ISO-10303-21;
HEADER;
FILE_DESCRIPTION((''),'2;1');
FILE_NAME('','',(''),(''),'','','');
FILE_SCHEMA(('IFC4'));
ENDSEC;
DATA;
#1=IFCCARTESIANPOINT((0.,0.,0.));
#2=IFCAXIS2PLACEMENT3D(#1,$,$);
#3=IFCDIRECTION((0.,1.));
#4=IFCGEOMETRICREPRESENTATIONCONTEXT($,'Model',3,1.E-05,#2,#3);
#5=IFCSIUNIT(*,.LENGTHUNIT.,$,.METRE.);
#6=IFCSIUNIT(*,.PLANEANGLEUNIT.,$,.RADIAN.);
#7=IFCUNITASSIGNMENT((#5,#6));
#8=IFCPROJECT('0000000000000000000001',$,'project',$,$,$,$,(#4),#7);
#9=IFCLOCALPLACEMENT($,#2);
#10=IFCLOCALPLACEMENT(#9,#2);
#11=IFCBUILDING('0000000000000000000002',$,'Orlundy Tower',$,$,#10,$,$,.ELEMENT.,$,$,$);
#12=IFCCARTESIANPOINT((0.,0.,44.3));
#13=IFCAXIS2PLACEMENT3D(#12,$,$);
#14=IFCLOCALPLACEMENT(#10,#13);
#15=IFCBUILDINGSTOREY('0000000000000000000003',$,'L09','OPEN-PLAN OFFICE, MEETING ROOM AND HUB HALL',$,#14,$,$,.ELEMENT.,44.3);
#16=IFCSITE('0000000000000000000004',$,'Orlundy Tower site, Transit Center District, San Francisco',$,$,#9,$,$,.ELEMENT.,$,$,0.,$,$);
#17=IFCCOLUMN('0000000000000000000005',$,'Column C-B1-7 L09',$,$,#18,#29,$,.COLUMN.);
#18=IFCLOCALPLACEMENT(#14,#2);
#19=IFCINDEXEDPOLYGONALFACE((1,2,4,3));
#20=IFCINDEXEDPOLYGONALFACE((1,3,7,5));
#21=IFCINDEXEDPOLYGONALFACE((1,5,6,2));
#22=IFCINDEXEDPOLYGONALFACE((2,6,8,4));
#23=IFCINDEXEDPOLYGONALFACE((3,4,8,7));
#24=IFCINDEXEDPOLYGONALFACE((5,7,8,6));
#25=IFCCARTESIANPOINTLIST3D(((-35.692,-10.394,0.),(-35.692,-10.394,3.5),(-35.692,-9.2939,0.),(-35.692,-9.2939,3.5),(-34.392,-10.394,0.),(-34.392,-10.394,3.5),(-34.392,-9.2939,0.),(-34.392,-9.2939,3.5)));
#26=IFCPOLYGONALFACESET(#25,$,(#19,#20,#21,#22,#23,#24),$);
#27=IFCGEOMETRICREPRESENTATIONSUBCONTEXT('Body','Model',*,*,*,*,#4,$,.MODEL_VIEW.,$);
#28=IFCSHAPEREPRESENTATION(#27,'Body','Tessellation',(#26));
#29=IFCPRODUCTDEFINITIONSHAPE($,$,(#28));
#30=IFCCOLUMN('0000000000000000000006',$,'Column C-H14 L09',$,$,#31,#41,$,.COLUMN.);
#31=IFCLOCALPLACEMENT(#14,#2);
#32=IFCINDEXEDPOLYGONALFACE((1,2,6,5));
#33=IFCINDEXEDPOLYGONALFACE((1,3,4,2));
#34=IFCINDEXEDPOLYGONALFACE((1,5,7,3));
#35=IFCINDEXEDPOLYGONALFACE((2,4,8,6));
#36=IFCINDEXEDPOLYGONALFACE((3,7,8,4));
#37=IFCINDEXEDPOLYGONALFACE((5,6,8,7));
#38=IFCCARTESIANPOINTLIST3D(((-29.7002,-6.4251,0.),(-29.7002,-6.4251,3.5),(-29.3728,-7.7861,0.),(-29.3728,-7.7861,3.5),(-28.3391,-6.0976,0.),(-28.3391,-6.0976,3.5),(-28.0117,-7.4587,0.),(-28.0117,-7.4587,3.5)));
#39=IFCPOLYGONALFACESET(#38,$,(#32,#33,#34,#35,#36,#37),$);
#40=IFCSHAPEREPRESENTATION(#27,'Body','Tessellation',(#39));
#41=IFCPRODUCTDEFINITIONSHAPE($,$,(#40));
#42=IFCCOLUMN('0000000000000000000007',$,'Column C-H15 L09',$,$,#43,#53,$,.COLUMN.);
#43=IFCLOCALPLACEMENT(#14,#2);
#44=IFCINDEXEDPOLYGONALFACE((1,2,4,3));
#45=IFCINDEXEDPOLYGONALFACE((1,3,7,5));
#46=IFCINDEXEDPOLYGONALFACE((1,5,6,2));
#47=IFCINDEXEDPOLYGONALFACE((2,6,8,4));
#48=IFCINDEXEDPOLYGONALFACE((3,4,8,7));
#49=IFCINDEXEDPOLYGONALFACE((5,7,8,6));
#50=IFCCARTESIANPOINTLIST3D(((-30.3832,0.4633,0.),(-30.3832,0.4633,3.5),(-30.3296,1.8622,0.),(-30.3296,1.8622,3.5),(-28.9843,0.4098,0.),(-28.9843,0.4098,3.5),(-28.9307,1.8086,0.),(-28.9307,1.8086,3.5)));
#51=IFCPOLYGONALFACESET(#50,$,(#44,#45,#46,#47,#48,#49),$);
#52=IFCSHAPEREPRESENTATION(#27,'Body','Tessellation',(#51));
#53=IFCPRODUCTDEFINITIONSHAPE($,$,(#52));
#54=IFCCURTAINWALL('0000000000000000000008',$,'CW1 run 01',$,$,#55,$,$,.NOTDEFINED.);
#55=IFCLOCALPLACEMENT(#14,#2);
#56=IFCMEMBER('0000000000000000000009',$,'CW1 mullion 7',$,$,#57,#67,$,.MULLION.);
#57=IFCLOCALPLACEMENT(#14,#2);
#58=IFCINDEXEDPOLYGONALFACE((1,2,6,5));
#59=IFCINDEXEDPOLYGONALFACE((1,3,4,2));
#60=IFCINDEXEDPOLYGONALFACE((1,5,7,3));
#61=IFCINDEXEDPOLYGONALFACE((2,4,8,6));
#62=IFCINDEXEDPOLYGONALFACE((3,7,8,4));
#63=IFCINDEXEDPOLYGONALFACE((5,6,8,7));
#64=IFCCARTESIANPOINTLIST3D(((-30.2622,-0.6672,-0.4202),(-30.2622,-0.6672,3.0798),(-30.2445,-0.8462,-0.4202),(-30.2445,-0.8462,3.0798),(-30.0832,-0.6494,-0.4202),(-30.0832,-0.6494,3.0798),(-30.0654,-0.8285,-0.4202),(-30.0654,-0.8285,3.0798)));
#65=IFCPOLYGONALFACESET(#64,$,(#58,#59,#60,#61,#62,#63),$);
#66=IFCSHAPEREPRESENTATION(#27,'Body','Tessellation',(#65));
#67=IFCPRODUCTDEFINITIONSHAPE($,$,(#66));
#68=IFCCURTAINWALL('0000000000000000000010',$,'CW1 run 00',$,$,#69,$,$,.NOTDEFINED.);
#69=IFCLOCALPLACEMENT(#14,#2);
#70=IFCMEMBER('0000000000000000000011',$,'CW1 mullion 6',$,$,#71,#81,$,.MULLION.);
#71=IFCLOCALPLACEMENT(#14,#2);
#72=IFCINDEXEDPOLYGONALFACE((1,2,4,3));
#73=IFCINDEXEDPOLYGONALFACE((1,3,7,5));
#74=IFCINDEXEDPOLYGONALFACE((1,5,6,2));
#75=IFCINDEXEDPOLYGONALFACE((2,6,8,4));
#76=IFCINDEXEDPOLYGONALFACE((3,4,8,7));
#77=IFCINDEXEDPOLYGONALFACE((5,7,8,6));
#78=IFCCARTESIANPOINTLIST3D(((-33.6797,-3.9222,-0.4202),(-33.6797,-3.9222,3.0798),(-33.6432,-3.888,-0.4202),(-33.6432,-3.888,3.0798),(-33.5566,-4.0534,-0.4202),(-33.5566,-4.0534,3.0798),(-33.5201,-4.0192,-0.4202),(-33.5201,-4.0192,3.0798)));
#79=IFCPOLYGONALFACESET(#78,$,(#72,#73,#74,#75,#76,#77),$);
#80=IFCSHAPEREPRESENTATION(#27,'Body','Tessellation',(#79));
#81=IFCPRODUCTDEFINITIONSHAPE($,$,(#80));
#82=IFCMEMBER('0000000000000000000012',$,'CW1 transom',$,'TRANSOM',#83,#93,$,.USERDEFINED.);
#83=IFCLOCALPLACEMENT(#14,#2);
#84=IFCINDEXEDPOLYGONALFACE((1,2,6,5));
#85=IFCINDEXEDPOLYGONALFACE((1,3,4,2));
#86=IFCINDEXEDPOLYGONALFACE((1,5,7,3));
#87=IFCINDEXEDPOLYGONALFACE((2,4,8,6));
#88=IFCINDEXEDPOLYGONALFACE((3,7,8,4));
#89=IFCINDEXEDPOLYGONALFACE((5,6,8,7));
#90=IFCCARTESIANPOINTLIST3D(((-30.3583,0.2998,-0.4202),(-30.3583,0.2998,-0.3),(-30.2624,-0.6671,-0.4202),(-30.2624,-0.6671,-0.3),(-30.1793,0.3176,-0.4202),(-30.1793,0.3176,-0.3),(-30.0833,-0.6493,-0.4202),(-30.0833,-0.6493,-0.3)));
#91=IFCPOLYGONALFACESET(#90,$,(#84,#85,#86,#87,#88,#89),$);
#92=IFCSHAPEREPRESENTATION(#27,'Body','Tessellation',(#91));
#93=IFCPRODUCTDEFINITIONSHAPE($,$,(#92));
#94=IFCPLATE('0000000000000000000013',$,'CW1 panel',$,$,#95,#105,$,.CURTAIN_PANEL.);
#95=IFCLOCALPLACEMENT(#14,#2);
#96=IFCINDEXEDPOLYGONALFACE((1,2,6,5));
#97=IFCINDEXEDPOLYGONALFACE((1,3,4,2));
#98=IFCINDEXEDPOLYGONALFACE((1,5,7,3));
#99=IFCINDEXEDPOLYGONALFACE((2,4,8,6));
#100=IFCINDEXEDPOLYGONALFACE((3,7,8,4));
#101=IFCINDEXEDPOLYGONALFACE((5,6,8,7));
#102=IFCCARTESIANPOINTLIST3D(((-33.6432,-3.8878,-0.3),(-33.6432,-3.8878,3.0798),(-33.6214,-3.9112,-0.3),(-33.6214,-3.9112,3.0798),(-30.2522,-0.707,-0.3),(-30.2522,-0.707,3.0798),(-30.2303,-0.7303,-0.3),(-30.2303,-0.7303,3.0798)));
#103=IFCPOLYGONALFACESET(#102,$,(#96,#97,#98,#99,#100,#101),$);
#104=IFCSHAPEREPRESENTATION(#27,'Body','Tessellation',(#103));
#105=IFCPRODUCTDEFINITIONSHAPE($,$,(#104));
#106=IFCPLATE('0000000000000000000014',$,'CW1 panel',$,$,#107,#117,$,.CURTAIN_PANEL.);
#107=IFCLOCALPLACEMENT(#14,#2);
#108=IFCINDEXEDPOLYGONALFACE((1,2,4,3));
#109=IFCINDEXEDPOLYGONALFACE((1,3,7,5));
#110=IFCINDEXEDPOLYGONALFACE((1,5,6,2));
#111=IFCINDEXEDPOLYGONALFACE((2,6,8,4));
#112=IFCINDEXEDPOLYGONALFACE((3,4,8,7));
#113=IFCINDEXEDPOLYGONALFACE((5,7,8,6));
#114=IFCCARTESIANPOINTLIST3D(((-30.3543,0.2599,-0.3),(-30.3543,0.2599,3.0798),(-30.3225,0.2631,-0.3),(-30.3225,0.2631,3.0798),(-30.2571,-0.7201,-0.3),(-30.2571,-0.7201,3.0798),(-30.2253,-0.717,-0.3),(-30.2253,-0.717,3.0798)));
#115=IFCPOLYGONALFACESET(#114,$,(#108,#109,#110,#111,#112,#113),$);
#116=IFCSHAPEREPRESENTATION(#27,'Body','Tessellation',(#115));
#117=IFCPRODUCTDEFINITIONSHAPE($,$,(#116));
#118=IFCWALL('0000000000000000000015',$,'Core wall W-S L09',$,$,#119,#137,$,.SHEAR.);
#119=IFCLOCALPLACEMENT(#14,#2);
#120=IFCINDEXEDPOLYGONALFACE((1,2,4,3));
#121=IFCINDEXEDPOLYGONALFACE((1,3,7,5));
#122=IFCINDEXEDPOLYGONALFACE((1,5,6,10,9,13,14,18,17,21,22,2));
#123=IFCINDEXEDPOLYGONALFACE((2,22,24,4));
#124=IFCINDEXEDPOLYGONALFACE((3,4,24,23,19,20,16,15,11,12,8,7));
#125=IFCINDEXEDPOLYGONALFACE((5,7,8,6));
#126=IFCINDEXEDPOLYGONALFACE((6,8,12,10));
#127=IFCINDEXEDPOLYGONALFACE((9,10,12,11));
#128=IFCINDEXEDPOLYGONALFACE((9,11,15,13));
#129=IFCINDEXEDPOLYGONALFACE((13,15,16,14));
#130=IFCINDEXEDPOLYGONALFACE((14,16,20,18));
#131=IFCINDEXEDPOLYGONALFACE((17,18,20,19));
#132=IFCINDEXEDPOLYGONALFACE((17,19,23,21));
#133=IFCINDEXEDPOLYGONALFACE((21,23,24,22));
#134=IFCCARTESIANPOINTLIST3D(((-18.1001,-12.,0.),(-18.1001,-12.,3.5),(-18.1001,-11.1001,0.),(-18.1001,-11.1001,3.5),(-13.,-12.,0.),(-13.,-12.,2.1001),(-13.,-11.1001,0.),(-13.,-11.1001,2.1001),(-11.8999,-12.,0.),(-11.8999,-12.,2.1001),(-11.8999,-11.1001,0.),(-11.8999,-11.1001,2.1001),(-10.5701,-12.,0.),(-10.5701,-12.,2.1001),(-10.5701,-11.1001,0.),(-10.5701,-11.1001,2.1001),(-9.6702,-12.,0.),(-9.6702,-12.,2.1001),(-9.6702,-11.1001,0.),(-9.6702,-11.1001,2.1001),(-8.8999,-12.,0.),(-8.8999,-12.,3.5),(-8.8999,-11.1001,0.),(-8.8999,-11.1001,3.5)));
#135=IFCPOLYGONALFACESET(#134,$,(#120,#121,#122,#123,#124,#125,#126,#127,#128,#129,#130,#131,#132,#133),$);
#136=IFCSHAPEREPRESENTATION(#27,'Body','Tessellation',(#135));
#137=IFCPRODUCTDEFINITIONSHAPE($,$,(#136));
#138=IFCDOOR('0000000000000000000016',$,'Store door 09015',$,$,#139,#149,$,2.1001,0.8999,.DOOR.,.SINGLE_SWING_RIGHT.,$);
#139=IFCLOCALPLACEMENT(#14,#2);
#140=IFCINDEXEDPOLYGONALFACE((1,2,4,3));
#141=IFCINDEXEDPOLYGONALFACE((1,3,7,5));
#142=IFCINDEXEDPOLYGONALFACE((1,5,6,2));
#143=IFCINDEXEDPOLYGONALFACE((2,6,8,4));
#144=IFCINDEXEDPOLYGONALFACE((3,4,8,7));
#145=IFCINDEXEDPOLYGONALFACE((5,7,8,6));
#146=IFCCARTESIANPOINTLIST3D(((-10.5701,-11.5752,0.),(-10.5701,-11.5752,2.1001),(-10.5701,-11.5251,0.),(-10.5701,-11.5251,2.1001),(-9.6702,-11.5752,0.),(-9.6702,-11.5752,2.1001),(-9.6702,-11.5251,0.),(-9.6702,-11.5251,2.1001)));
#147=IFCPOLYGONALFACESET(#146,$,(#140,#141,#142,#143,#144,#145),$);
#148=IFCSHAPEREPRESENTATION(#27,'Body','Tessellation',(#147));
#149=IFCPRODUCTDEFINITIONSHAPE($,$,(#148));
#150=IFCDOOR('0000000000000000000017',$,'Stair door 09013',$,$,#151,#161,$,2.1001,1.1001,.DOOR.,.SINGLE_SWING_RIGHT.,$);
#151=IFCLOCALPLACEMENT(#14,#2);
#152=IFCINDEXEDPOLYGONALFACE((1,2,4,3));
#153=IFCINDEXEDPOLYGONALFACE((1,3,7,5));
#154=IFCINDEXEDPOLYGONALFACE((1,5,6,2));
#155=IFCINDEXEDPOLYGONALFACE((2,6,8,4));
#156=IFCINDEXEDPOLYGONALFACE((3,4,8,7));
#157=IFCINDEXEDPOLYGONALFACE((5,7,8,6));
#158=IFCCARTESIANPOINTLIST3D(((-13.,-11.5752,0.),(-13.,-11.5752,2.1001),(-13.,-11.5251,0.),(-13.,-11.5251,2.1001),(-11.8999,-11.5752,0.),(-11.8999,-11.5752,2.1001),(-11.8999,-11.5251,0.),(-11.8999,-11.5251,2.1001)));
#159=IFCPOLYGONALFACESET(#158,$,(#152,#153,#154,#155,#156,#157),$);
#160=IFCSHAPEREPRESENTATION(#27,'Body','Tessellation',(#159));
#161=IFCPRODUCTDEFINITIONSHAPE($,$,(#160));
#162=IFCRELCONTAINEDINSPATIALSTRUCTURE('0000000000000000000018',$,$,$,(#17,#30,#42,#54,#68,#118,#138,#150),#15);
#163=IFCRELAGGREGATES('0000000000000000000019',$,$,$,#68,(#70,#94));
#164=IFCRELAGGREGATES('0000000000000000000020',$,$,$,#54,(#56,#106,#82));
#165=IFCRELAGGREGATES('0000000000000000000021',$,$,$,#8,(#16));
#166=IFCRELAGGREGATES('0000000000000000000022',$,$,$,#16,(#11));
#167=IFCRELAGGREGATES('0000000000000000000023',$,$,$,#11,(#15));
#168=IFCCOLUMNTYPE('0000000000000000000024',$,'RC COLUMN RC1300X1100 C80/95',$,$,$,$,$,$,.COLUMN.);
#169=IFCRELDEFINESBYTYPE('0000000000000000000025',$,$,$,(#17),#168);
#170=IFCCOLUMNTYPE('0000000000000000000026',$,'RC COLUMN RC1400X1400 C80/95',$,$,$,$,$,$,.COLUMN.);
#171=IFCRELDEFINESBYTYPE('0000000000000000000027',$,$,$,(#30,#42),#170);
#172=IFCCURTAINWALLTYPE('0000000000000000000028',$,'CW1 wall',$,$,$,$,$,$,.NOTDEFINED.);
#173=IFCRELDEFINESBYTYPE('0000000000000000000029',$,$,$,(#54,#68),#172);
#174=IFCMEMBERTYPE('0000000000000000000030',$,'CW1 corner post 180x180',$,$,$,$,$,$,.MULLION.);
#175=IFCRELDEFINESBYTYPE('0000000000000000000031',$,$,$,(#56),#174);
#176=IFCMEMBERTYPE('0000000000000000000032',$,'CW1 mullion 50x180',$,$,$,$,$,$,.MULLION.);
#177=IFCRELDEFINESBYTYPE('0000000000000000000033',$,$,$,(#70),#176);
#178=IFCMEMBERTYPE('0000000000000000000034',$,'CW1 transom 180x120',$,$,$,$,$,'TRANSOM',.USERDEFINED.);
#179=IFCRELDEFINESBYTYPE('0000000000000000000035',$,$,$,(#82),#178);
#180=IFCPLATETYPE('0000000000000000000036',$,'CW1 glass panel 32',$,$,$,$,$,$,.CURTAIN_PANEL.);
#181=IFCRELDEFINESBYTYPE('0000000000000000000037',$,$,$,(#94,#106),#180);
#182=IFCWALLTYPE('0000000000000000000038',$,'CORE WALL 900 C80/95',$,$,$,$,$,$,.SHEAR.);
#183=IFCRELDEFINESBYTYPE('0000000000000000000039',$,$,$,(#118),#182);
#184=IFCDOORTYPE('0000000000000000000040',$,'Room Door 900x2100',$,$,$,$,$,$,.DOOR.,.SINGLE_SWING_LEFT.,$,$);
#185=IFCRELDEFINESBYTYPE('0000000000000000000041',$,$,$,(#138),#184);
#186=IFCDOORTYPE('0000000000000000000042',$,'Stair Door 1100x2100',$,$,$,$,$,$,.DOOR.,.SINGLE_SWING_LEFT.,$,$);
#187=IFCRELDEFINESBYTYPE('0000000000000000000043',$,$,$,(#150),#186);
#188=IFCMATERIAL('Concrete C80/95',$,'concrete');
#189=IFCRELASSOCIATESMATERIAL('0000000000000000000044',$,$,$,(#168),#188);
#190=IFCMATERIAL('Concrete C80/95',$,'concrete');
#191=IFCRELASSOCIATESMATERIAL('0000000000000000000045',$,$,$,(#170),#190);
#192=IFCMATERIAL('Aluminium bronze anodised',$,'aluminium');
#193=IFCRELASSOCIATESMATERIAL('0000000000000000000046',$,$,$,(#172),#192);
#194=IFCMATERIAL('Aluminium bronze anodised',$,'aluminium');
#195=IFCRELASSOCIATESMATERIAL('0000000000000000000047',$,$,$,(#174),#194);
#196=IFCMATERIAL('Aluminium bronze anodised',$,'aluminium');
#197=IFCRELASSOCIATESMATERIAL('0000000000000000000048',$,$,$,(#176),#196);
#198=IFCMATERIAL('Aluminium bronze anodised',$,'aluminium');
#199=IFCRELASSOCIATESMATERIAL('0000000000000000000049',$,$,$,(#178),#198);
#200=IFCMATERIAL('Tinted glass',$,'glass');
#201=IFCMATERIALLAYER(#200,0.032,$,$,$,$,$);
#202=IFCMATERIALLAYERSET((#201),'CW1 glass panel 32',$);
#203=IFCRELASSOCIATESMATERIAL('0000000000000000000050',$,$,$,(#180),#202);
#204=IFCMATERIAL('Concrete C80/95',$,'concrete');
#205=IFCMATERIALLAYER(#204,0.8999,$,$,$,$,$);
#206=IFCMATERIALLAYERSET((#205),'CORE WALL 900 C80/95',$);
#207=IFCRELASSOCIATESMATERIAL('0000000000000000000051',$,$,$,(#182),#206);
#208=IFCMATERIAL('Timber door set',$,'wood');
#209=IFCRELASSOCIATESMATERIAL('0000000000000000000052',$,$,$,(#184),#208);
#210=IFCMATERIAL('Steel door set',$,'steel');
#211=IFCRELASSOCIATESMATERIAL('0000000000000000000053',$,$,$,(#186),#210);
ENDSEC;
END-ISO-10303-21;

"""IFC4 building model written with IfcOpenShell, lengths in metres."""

from ifc_helpers import new_model, si_unit, direction, frame, frame_2d, origin, origin_2d, place, context, subcontext, project, spatial, rectangle, extrude, material, layer, layer_set, material_profile, profile_set, type_object, element, fill, aggregate, save


model = new_model("IFC4")

# Units and contexts
model_context = context("Model", 3, precision=1e-05, world=origin(), true_north=direction((0.0, 1.0)))
body_context = subcontext(model_context, "Body", "Model", "MODEL_VIEW")
ifc_project = project(units=[si_unit("LENGTHUNIT", "METRE"), si_unit("PLANEANGLEUNIT", "RADIAN")], contexts=[model_context])

# Site, building, storey
site_placement = place(None, origin())
site = spatial("IfcSite", under=ifc_project, at=site_placement, Name="Orlundy Tower site, Transit Center District, San Francisco", CompositionType="ELEMENT", RefElevation=0.0)
building_placement = place(site_placement, origin())
building = spatial("IfcBuilding", under=site, at=building_placement, Name="Orlundy Tower", CompositionType="ELEMENT")
storey_placement = place(building_placement, frame((0.0, 0.0, 44.3)))
storey = spatial("IfcBuildingStorey", under=building, at=storey_placement, Name="L09", Description="OPEN-PLAN OFFICE, MEETING ROOM AND HUB HALL", CompositionType="ELEMENT", Elevation=44.3)

# Columns
ifc_material_1 = material(Name="Concrete C80/95", Category="concrete")
ifc_material_profile_1 = material_profile(ifc_material_1, rectangle(XDim=1.3, YDim=1.1001, at=origin_2d()), Name="RC1300X1100")
ifc_profile_set_1 = profile_set([ifc_material_profile_1], Name="Concrete C80/95")
column_type_1 = type_object("IfcColumnType", Name="RC COLUMN RC1300X1100 C80/95", PredefinedType="COLUMN", material=ifc_profile_set_1)
column_placement = place(storey_placement, frame((-35.042, -9.844, 0.0), z_axis=(0.0, 0.0, 1.0), x_axis=(1.0, 0.0, 0.0)))
element("IfcColumn", 1, at=column_placement, inside=storey, type_object=column_type_1, Name="Column C-B1-7 L09", PredefinedType="COLUMN", context=body_context, shape_type="SweptSolid", body=[
    extrude(rectangle(XDim=1.3, YDim=1.1001, at=origin_2d()), origin(), (0.0, 0.0, 1.0), 3.5),
])
ifc_material_2 = material(Name="Concrete C80/95", Category="concrete")
ifc_material_profile_2 = material_profile(ifc_material_2, rectangle(XDim=1.3999, YDim=1.3999, at=origin_2d()), Name="RC1400X1400")
ifc_profile_set_2 = profile_set([ifc_material_profile_2], Name="Concrete C80/95")
column_type_2 = type_object("IfcColumnType", Name="RC COLUMN RC1400X1400 C80/95", PredefinedType="COLUMN", material=ifc_profile_set_2)
for number, where, z_axis, x_axis, name in (
    (2, (-28.856, -6.9419, 0.0), (0.0, 0.0, 1.0), (-0.97226, -0.233904, 0.0), "Column C-H14 L09"),
    (3, (-29.657, 1.136, 0.0), (0.0, 0.0, 1.0), (-0.999267, 0.038283, 0.0), "Column C-H15 L09"),
):
    element("IfcColumn", number, at=place(storey_placement, frame(where, z_axis=z_axis, x_axis=x_axis)), inside=storey, type_object=column_type_2, Name=name, PredefinedType="COLUMN", context=body_context, shape_type="SweptSolid", body=[
        extrude(rectangle(XDim=1.3999, YDim=1.3999, at=origin_2d()), origin(), (0.0, 0.0, 1.0), 3.5),
    ])

# Curtain walls, members
ifc_material_3 = material(Name="Aluminium bronze anodised", Category="aluminium")
curtain_wall_type = type_object("IfcCurtainWallType", Name="CW1 wall", PredefinedType="NOTDEFINED", material=ifc_material_3)
curtain_wall_1_placement = place(storey_placement, origin())
curtain_wall_1 = element("IfcCurtainWall", 4, at=curtain_wall_1_placement, inside=storey, type_object=curtain_wall_type, Name="CW1 run 01", PredefinedType="NOTDEFINED")
ifc_material_4 = material(Name="Aluminium bronze anodised", Category="aluminium")
ifc_material_profile_3 = material_profile(ifc_material_4, rectangle(XDim=0.1799, YDim=0.1799, at=origin_2d()), Name="CW1 corner post 180x180")
ifc_profile_set_3 = profile_set([ifc_material_profile_3], Name="Aluminium bronze anodised")
member_type_1 = type_object("IfcMemberType", Name="CW1 corner post 180x180", PredefinedType="MULLION", material=ifc_profile_set_3)
member_1_placement = place(storey_placement, frame((-30.1638, -0.7478, -0.4202), z_axis=(0.0, 0.0, 1.0), x_axis=(-0.99512, -0.098672, 0.0)))
member_1 = element("IfcMember", 5, at=member_1_placement, type_object=member_type_1, Name="CW1 mullion 7", PredefinedType="MULLION", context=body_context, shape_type="SweptSolid", body=[
    extrude(rectangle(XDim=0.1799, YDim=0.1799, at=origin_2d()), origin(), (0.0, 0.0, 1.0), 3.5),
])
curtain_wall_2_placement = place(storey_placement, origin())
curtain_wall_2 = element("IfcCurtainWall", 6, at=curtain_wall_2_placement, inside=storey, type_object=curtain_wall_type, Name="CW1 run 00", PredefinedType="NOTDEFINED")
ifc_material_5 = material(Name="Aluminium bronze anodised", Category="aluminium")
ifc_material_profile_4 = material_profile(ifc_material_5, rectangle(XDim=0.1799, YDim=0.05, at=origin_2d()), Name="CW1 mullion 50x180")
ifc_profile_set_4 = profile_set([ifc_material_profile_4], Name="Aluminium bronze anodised")
member_type_2 = type_object("IfcMemberType", Name="CW1 mullion 50x180", PredefinedType="MULLION", material=ifc_profile_set_4)
member_2_placement = place(storey_placement, frame((-33.5999, -3.9707, -0.4202), z_axis=(0.0, 0.0, 1.0), x_axis=(-0.684139, 0.729351, 0.0)))
member_2 = element("IfcMember", 7, at=member_2_placement, type_object=member_type_2, Name="CW1 mullion 6", PredefinedType="MULLION", context=body_context, shape_type="SweptSolid", body=[
    extrude(rectangle(XDim=0.1799, YDim=0.05, at=origin_2d()), origin(), (0.0, 0.0, 1.0), 3.5),
])

# Member
ifc_material_6 = material(Name="Aluminium bronze anodised", Category="aluminium")
ifc_material_profile_5 = material_profile(ifc_material_6, rectangle(XDim=0.1799, YDim=0.1201, at=origin_2d()), Name="CW1 transom 180x120")
ifc_profile_set_5 = profile_set([ifc_material_profile_5], Name="Aluminium bronze anodised")
member_type_3 = type_object("IfcMemberType", Name="CW1 transom 180x120", ElementType="TRANSOM", PredefinedType="USERDEFINED", material=ifc_profile_set_5)
member_3_placement = place(storey_placement, frame((-30.1729, -0.6582, -0.3601), z_axis=(-0.098733, 0.995114, 0.0), x_axis=(-0.995114, -0.098733, 0.0)))
member_3 = element("IfcMember", 8, at=member_3_placement, type_object=member_type_3, Name="CW1 transom", ObjectType="TRANSOM", PredefinedType="USERDEFINED", context=body_context, shape_type="SweptSolid", body=[
    extrude(rectangle(XDim=0.1799, YDim=0.1201, at=origin_2d()), origin(), (0.0, 0.0, 1.0), 0.9717),
])

# Plates
ifc_material_7 = material(Name="Tinted glass", Category="glass")
ifc_layer_1 = layer(ifc_material_7, 0.032)
ifc_layer_set_1 = layer_set([ifc_layer_1], Name="CW1 glass panel 32")
plate_type = type_object("IfcPlateType", Name="CW1 glass panel 32", PredefinedType="CURTAIN_PANEL", material=ifc_layer_set_1)
plate_1_placement = place(storey_placement, frame((-31.9368, -2.3091, -0.3), z_axis=(0.0, 0.0, 1.0), x_axis=(0.729351, 0.684139, 0.0)))
plate_1 = element("IfcPlate", 9, at=plate_1_placement, type_object=plate_type, Name="CW1 panel", PredefinedType="CURTAIN_PANEL", context=body_context, shape_type="SweptSolid", body=[
    extrude(rectangle(XDim=4.6494, YDim=0.032, at=origin_2d()), origin(), (0.0, 0.0, 1.0), 3.3799),
])
aggregate(curtain_wall_2, [member_2, plate_1])
plate_2_placement = place(storey_placement, frame((-30.2898, -0.2285, -0.3), z_axis=(0.0, 0.0, 1.0), x_axis=(-0.098672, 0.99512, 0.0)))
plate_2 = element("IfcPlate", 10, at=plate_2_placement, type_object=plate_type, Name="CW1 panel", PredefinedType="CURTAIN_PANEL", context=body_context, shape_type="SweptSolid", body=[
    extrude(rectangle(XDim=0.9849, YDim=0.032, at=origin_2d()), origin(), (0.0, 0.0, 1.0), 3.3799),
])
aggregate(curtain_wall_1, [member_1, plate_2, member_3])

# Wall, openings, doors
ifc_material_8 = material(Name="Concrete C80/95", Category="concrete")
ifc_layer_2 = layer(ifc_material_8, 0.8999)
ifc_layer_set_2 = layer_set([ifc_layer_2], Name="CORE WALL 900 C80/95")
wall_type_1 = type_object("IfcWallType", Name="CORE WALL 900 C80/95", PredefinedType="SHEAR", material=ifc_layer_set_2)
wall_1_placement = place(storey_placement, frame((-18.1001, -11.55, 0.0), z_axis=(0.0, 0.0, 1.0), x_axis=(1.0, 0.0, 0.0)))
wall_1 = element("IfcWall", 11, at=wall_1_placement, inside=storey, type_object=wall_type_1, Name="Core wall W-S L09", PredefinedType="SHEAR", context=body_context, shape_type="SweptSolid", body=[
    extrude(rectangle(XDim=9.2002, YDim=0.8999, at=frame_2d((4.6001, 0.0))), origin(), (0.0, 0.0, 1.0), 3.5),
])
opening_1_placement = place(wall_1_placement, frame((5.1001, 0.0, 0.0)))
opening_1 = element("IfcOpeningElement", 12, at=opening_1_placement, cuts=wall_1, PredefinedType="OPENING", context=body_context, shape_type="SweptSolid", body=[
    extrude(rectangle(XDim=1.1001, YDim=2.1001, at=frame_2d((0.55, 1.05))), frame((0.0, 0.46, 0.0), z_axis=(0.0, -1.0, 0.0), x_axis=(1.0, 0.0, 0.0)), (0.0, 0.0, 1.0), 0.9199),
])
opening_2_placement = place(wall_1_placement, frame((7.53, 0.0, 0.0)))
opening_2 = element("IfcOpeningElement", 13, at=opening_2_placement, cuts=wall_1, PredefinedType="OPENING", context=body_context, shape_type="SweptSolid", body=[
    extrude(rectangle(XDim=0.8999, YDim=2.1001, at=frame_2d((0.45, 1.05))), frame((0.0, 0.46, 0.0), z_axis=(0.0, -1.0, 0.0), x_axis=(1.0, 0.0, 0.0)), (0.0, 0.0, 1.0), 0.9199),
])
ifc_material_9 = material(Name="Timber door set", Category="wood")
door_type_1 = type_object("IfcDoorType", Name="Room Door 900x2100", OperationType="SINGLE_SWING_LEFT", PredefinedType="DOOR", material=ifc_material_9)
door_1_placement = place(opening_2_placement, origin())
door_1 = element("IfcDoor", 14, at=door_1_placement, inside=storey, type_object=door_type_1, Name="Store door 09015", OperationType="SINGLE_SWING_RIGHT", OverallHeight=2.1001, OverallWidth=0.8999, PredefinedType="DOOR", context=body_context, shape_type="SweptSolid", body=[
    extrude(rectangle(XDim=0.8999, YDim=2.1001, at=frame_2d((0.45, 1.05))), frame((0.0, 0.0249, 0.0), z_axis=(0.0, -1.0, 0.0), x_axis=(1.0, 0.0, 0.0)), (0.0, 0.0, 1.0), 0.05),
])
fill(opening_2, door_1)
ifc_material_10 = material(Name="Steel door set", Category="steel")
door_type_2 = type_object("IfcDoorType", Name="Stair Door 1100x2100", OperationType="SINGLE_SWING_LEFT", PredefinedType="DOOR", material=ifc_material_10)
door_2_placement = place(opening_1_placement, origin())
door_2 = element("IfcDoor", 15, at=door_2_placement, inside=storey, type_object=door_type_2, Name="Stair door 09013", OperationType="SINGLE_SWING_RIGHT", OverallHeight=2.1001, OverallWidth=1.1001, PredefinedType="DOOR", context=body_context, shape_type="SweptSolid", body=[
    extrude(rectangle(XDim=1.1001, YDim=2.1001, at=frame_2d((0.55, 1.05))), frame((0.0, 0.0249, 0.0), z_axis=(0.0, -1.0, 0.0), x_axis=(1.0, 0.0, 0.0)), (0.0, 0.0, 1.0), 0.05),
])
fill(opening_1, door_2)

save(model, "model.ifc")
